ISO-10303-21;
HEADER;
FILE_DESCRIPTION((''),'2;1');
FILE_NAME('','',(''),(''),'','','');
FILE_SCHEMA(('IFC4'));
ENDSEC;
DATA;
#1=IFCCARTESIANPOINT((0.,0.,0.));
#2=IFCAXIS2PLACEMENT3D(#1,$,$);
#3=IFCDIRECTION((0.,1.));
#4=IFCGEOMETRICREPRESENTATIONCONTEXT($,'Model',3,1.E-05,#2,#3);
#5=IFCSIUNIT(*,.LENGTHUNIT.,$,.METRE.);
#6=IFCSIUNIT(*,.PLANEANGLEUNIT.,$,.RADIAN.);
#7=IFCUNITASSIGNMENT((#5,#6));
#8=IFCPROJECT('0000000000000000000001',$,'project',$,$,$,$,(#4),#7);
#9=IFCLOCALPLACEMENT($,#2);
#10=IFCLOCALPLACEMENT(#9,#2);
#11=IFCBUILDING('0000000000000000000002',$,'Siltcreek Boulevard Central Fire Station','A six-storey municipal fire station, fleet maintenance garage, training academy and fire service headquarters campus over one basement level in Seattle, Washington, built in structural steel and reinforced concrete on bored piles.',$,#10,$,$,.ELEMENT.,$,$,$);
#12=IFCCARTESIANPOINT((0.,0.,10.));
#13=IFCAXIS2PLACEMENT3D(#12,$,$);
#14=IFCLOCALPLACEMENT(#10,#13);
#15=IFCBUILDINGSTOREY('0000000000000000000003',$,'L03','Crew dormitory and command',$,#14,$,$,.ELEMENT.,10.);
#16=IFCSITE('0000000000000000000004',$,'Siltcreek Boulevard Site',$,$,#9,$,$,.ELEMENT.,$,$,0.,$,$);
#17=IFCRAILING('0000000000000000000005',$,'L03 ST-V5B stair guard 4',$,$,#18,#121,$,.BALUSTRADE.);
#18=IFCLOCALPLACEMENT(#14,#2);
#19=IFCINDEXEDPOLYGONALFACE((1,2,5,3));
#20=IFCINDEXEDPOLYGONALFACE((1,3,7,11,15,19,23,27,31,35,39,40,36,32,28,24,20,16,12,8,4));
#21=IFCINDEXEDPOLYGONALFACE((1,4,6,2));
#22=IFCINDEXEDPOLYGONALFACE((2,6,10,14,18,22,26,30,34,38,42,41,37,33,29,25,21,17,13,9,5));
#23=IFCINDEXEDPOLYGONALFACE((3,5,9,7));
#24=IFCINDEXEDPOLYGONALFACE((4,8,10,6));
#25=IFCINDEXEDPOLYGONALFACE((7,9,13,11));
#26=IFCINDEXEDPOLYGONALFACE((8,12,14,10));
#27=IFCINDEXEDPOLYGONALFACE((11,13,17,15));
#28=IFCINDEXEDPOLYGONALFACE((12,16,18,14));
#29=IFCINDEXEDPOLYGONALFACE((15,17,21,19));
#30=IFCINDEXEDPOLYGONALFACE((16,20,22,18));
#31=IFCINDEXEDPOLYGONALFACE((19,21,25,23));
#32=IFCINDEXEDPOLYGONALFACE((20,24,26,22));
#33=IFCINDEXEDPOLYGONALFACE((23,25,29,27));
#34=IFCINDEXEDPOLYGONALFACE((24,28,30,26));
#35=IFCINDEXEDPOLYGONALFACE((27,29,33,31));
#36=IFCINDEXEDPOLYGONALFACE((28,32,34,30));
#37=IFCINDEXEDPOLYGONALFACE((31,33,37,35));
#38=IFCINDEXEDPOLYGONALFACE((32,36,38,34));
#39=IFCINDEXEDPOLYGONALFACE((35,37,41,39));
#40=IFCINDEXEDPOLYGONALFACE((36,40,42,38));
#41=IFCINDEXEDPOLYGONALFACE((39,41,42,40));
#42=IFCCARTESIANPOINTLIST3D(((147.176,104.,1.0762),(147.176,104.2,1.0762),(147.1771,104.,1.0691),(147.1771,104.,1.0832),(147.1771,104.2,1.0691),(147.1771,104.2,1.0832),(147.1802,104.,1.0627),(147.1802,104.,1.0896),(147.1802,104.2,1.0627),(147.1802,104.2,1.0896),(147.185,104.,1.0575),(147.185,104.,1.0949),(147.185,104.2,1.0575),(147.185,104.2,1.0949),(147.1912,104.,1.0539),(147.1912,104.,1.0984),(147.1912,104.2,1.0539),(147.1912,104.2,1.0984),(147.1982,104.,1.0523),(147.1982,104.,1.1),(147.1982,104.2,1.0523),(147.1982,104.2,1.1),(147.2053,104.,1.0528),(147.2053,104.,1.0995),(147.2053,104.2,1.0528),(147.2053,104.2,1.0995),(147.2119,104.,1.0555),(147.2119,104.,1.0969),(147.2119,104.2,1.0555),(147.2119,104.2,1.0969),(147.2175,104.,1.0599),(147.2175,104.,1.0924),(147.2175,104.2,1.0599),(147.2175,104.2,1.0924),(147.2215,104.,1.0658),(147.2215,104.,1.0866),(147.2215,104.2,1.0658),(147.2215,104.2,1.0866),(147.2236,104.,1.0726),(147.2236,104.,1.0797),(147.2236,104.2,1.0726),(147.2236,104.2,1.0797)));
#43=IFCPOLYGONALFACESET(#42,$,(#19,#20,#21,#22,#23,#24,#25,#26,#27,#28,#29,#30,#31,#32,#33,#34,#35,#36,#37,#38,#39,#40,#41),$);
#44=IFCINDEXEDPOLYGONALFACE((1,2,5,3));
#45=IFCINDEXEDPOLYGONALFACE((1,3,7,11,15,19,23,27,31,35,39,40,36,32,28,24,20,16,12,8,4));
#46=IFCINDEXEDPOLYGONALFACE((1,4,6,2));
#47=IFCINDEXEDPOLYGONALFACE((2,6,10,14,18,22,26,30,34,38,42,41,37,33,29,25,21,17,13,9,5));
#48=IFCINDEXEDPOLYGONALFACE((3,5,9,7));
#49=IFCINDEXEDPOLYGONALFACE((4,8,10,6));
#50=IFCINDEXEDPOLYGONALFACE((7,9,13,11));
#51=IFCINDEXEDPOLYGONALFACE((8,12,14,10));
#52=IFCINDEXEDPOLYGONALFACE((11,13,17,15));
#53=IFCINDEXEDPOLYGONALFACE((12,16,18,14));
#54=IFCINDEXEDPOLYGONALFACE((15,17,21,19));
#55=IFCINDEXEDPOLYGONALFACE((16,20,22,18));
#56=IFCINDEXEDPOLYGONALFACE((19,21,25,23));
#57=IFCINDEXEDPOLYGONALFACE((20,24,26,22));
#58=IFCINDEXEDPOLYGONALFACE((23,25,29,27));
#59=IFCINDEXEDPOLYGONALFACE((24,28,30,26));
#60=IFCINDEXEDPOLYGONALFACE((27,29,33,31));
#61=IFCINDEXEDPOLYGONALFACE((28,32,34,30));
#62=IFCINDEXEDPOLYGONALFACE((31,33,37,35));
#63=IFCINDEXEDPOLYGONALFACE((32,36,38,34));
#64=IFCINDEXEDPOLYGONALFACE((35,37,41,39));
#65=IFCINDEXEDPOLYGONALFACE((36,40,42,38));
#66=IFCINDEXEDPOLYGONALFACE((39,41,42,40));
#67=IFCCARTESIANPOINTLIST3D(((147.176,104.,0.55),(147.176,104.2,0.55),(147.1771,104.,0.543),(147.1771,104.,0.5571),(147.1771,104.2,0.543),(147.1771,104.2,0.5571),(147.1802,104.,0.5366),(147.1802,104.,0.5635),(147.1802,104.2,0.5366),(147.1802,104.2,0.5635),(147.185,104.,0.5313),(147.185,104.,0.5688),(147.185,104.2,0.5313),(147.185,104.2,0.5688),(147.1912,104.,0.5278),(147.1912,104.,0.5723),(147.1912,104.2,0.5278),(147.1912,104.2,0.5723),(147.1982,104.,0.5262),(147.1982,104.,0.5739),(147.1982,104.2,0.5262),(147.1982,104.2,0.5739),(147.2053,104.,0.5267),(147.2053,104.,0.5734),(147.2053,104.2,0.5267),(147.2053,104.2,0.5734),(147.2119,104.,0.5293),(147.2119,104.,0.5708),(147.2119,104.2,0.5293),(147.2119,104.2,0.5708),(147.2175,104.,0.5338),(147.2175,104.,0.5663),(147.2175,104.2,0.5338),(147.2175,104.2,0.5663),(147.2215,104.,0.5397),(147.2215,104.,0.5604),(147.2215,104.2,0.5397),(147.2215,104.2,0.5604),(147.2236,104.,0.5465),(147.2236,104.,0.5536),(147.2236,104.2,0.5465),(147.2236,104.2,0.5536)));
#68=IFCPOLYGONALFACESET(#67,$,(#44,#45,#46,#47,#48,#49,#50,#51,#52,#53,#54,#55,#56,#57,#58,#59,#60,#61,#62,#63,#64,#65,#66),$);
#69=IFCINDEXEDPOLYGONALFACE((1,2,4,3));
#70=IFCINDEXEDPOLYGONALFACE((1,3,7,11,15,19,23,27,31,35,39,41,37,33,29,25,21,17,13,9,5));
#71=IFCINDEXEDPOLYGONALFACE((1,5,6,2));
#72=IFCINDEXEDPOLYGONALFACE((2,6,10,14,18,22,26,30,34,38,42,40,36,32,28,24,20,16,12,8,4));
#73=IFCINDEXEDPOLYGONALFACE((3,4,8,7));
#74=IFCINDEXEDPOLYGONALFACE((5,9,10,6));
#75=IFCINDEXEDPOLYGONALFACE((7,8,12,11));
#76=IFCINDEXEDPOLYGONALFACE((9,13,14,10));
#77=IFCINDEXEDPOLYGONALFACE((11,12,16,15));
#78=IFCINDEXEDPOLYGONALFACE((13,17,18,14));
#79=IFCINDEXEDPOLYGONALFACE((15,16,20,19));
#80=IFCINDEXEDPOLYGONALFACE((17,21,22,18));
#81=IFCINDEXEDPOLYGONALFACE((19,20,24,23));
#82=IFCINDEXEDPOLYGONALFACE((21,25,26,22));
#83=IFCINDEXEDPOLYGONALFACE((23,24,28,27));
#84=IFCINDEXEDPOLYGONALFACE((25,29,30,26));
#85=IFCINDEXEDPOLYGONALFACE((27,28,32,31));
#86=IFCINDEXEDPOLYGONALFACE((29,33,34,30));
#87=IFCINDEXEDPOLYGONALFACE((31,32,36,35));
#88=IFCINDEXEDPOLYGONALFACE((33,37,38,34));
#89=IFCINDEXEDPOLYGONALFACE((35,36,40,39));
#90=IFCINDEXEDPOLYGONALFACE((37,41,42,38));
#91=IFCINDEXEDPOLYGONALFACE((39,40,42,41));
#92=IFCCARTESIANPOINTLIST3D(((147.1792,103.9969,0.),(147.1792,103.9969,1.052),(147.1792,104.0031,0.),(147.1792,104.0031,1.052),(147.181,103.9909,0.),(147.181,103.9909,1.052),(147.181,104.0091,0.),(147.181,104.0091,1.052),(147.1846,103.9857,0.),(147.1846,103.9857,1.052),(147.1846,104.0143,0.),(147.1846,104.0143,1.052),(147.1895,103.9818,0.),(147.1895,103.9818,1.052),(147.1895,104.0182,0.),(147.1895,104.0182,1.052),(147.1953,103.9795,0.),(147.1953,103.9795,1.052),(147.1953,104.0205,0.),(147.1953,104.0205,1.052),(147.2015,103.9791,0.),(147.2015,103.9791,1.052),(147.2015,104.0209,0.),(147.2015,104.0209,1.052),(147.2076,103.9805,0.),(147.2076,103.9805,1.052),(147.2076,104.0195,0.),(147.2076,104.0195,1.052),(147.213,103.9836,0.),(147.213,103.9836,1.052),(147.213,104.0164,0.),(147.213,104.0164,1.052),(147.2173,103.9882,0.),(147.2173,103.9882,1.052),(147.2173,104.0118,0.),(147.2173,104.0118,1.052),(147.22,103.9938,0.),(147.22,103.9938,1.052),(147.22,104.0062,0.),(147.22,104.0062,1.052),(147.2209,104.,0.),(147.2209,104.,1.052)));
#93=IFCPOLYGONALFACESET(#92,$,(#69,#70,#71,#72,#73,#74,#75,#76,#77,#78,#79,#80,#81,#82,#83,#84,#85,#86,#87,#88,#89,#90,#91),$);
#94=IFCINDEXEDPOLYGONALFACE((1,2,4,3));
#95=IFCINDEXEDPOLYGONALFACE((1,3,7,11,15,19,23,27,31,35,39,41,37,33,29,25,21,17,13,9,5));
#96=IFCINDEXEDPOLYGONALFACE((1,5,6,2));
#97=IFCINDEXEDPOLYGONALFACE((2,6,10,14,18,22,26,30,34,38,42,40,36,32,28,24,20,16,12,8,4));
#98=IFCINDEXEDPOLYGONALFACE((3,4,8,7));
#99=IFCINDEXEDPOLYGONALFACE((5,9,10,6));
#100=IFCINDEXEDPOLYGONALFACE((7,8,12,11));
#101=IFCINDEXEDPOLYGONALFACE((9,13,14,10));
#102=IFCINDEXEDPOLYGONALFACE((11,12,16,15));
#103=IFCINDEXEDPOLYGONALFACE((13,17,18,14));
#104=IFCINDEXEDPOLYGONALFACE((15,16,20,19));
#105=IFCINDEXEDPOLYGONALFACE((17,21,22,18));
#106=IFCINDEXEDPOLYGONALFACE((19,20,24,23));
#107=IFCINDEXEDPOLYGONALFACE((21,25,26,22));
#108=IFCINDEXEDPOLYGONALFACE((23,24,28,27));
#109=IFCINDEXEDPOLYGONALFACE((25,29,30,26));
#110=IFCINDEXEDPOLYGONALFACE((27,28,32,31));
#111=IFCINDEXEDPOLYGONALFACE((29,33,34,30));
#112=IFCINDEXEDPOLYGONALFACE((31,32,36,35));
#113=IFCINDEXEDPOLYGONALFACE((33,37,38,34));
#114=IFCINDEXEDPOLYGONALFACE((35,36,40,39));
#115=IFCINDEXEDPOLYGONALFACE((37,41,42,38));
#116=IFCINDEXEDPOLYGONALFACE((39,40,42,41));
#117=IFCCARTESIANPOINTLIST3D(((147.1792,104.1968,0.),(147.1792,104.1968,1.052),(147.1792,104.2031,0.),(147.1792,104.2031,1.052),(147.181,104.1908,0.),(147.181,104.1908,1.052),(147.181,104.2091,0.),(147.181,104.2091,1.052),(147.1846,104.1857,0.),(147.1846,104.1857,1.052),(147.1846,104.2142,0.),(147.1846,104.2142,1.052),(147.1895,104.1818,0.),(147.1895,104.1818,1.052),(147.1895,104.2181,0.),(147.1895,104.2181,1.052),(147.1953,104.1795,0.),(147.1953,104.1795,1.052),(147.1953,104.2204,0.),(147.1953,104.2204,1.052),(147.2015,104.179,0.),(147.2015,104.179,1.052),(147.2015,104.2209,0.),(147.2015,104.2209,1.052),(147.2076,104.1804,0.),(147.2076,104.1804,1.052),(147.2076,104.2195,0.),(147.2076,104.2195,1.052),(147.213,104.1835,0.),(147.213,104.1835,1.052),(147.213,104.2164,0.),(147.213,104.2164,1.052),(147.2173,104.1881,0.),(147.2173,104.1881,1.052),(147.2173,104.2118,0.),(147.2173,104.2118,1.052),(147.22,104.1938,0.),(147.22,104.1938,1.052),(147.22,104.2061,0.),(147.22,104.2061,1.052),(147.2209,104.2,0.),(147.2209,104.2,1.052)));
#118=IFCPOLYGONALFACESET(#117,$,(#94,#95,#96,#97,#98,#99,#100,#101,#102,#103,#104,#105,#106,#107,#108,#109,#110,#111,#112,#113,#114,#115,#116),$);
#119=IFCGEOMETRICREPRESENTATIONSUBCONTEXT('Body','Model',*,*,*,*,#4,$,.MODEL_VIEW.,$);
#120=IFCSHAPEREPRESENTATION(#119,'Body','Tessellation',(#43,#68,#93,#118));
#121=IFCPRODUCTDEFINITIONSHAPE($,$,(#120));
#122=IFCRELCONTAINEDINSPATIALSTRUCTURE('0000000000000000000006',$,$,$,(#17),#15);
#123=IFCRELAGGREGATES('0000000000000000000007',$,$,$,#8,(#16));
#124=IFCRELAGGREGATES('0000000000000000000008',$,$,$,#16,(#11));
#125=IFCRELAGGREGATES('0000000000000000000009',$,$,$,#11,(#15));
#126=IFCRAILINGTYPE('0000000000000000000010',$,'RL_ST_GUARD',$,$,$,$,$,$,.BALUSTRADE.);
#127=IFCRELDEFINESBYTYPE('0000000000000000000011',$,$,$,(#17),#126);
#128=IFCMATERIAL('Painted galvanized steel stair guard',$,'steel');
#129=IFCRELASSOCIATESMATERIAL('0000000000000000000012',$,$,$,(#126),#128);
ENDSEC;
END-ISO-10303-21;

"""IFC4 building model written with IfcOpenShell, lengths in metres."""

from ifc_helpers import new_model, si_unit, direction, frame, origin, origin_2d, place, context, subcontext, project, spatial, circle, extrude, material, type_object, element, save


model = new_model("IFC4")

# Units and contexts
model_context = context("Model", 3, precision=1e-05, world=origin(), true_north=direction((0.0, 1.0)))
body_context = subcontext(model_context, "Body", "Model", "MODEL_VIEW")
ifc_project = project(units=[si_unit("LENGTHUNIT", "METRE"), si_unit("PLANEANGLEUNIT", "RADIAN")], contexts=[model_context])

# Site, building, storey
site_placement = place(None, origin())
site = spatial("IfcSite", under=ifc_project, at=site_placement, Name="Siltcreek Boulevard Site", CompositionType="ELEMENT", RefElevation=0.0)
building_placement = place(site_placement, origin())
building = spatial("IfcBuilding", under=site, at=building_placement, Name="Siltcreek Boulevard Central Fire Station", Description="A six-storey municipal fire station, fleet maintenance garage, training academy and fire service headquarters campus over one basement level in Seattle, Washington, built in structural steel and reinforced concrete on bored piles.", CompositionType="ELEMENT")
storey_placement = place(building_placement, frame((0.0, 0.0, 10.0)))
storey = spatial("IfcBuildingStorey", under=building, at=storey_placement, Name="L03", Description="Crew dormitory and command", CompositionType="ELEMENT", Elevation=10.0)

# Railing
ifc_material_1 = material(Name="Painted galvanized steel stair guard", Category="steel")
railing_type_1 = type_object("IfcRailingType", Name="RL_ST_GUARD", PredefinedType="BALUSTRADE", material=ifc_material_1)
railing_1_placement = place(storey_placement, frame((147.2, 104.0, 0.0)))
element("IfcRailing", 1, at=railing_1_placement, inside=storey, type_object=railing_type_1, Name="L03 ST-V5B stair guard 4", PredefinedType="BALUSTRADE", context=body_context, shape_type="SweptSolid", body=[
    extrude(circle(Radius=0.0239, at=origin_2d()), frame((0.0, 0.0, 1.0762), z_axis=(0.0, 1.0, 0.0), x_axis=(-1.0, 0.0, 0.0)), (0.0, 0.0, 1.0), 0.2),
    extrude(circle(Radius=0.0239, at=origin_2d()), frame((0.0, 0.0, 0.55), z_axis=(0.0, 1.0, 0.0), x_axis=(-1.0, 0.0, 0.0)), (0.0, 0.0, 1.0), 0.2),
    extrude(circle(Radius=0.021, at=origin_2d()), origin(), (0.0, 0.0, 1.0), 1.052),
    extrude(circle(Radius=0.021, at=origin_2d()), frame((0.0, 0.2, 0.0)), (0.0, 0.0, 1.0), 1.052),
])

save(model, "model.ifc")
